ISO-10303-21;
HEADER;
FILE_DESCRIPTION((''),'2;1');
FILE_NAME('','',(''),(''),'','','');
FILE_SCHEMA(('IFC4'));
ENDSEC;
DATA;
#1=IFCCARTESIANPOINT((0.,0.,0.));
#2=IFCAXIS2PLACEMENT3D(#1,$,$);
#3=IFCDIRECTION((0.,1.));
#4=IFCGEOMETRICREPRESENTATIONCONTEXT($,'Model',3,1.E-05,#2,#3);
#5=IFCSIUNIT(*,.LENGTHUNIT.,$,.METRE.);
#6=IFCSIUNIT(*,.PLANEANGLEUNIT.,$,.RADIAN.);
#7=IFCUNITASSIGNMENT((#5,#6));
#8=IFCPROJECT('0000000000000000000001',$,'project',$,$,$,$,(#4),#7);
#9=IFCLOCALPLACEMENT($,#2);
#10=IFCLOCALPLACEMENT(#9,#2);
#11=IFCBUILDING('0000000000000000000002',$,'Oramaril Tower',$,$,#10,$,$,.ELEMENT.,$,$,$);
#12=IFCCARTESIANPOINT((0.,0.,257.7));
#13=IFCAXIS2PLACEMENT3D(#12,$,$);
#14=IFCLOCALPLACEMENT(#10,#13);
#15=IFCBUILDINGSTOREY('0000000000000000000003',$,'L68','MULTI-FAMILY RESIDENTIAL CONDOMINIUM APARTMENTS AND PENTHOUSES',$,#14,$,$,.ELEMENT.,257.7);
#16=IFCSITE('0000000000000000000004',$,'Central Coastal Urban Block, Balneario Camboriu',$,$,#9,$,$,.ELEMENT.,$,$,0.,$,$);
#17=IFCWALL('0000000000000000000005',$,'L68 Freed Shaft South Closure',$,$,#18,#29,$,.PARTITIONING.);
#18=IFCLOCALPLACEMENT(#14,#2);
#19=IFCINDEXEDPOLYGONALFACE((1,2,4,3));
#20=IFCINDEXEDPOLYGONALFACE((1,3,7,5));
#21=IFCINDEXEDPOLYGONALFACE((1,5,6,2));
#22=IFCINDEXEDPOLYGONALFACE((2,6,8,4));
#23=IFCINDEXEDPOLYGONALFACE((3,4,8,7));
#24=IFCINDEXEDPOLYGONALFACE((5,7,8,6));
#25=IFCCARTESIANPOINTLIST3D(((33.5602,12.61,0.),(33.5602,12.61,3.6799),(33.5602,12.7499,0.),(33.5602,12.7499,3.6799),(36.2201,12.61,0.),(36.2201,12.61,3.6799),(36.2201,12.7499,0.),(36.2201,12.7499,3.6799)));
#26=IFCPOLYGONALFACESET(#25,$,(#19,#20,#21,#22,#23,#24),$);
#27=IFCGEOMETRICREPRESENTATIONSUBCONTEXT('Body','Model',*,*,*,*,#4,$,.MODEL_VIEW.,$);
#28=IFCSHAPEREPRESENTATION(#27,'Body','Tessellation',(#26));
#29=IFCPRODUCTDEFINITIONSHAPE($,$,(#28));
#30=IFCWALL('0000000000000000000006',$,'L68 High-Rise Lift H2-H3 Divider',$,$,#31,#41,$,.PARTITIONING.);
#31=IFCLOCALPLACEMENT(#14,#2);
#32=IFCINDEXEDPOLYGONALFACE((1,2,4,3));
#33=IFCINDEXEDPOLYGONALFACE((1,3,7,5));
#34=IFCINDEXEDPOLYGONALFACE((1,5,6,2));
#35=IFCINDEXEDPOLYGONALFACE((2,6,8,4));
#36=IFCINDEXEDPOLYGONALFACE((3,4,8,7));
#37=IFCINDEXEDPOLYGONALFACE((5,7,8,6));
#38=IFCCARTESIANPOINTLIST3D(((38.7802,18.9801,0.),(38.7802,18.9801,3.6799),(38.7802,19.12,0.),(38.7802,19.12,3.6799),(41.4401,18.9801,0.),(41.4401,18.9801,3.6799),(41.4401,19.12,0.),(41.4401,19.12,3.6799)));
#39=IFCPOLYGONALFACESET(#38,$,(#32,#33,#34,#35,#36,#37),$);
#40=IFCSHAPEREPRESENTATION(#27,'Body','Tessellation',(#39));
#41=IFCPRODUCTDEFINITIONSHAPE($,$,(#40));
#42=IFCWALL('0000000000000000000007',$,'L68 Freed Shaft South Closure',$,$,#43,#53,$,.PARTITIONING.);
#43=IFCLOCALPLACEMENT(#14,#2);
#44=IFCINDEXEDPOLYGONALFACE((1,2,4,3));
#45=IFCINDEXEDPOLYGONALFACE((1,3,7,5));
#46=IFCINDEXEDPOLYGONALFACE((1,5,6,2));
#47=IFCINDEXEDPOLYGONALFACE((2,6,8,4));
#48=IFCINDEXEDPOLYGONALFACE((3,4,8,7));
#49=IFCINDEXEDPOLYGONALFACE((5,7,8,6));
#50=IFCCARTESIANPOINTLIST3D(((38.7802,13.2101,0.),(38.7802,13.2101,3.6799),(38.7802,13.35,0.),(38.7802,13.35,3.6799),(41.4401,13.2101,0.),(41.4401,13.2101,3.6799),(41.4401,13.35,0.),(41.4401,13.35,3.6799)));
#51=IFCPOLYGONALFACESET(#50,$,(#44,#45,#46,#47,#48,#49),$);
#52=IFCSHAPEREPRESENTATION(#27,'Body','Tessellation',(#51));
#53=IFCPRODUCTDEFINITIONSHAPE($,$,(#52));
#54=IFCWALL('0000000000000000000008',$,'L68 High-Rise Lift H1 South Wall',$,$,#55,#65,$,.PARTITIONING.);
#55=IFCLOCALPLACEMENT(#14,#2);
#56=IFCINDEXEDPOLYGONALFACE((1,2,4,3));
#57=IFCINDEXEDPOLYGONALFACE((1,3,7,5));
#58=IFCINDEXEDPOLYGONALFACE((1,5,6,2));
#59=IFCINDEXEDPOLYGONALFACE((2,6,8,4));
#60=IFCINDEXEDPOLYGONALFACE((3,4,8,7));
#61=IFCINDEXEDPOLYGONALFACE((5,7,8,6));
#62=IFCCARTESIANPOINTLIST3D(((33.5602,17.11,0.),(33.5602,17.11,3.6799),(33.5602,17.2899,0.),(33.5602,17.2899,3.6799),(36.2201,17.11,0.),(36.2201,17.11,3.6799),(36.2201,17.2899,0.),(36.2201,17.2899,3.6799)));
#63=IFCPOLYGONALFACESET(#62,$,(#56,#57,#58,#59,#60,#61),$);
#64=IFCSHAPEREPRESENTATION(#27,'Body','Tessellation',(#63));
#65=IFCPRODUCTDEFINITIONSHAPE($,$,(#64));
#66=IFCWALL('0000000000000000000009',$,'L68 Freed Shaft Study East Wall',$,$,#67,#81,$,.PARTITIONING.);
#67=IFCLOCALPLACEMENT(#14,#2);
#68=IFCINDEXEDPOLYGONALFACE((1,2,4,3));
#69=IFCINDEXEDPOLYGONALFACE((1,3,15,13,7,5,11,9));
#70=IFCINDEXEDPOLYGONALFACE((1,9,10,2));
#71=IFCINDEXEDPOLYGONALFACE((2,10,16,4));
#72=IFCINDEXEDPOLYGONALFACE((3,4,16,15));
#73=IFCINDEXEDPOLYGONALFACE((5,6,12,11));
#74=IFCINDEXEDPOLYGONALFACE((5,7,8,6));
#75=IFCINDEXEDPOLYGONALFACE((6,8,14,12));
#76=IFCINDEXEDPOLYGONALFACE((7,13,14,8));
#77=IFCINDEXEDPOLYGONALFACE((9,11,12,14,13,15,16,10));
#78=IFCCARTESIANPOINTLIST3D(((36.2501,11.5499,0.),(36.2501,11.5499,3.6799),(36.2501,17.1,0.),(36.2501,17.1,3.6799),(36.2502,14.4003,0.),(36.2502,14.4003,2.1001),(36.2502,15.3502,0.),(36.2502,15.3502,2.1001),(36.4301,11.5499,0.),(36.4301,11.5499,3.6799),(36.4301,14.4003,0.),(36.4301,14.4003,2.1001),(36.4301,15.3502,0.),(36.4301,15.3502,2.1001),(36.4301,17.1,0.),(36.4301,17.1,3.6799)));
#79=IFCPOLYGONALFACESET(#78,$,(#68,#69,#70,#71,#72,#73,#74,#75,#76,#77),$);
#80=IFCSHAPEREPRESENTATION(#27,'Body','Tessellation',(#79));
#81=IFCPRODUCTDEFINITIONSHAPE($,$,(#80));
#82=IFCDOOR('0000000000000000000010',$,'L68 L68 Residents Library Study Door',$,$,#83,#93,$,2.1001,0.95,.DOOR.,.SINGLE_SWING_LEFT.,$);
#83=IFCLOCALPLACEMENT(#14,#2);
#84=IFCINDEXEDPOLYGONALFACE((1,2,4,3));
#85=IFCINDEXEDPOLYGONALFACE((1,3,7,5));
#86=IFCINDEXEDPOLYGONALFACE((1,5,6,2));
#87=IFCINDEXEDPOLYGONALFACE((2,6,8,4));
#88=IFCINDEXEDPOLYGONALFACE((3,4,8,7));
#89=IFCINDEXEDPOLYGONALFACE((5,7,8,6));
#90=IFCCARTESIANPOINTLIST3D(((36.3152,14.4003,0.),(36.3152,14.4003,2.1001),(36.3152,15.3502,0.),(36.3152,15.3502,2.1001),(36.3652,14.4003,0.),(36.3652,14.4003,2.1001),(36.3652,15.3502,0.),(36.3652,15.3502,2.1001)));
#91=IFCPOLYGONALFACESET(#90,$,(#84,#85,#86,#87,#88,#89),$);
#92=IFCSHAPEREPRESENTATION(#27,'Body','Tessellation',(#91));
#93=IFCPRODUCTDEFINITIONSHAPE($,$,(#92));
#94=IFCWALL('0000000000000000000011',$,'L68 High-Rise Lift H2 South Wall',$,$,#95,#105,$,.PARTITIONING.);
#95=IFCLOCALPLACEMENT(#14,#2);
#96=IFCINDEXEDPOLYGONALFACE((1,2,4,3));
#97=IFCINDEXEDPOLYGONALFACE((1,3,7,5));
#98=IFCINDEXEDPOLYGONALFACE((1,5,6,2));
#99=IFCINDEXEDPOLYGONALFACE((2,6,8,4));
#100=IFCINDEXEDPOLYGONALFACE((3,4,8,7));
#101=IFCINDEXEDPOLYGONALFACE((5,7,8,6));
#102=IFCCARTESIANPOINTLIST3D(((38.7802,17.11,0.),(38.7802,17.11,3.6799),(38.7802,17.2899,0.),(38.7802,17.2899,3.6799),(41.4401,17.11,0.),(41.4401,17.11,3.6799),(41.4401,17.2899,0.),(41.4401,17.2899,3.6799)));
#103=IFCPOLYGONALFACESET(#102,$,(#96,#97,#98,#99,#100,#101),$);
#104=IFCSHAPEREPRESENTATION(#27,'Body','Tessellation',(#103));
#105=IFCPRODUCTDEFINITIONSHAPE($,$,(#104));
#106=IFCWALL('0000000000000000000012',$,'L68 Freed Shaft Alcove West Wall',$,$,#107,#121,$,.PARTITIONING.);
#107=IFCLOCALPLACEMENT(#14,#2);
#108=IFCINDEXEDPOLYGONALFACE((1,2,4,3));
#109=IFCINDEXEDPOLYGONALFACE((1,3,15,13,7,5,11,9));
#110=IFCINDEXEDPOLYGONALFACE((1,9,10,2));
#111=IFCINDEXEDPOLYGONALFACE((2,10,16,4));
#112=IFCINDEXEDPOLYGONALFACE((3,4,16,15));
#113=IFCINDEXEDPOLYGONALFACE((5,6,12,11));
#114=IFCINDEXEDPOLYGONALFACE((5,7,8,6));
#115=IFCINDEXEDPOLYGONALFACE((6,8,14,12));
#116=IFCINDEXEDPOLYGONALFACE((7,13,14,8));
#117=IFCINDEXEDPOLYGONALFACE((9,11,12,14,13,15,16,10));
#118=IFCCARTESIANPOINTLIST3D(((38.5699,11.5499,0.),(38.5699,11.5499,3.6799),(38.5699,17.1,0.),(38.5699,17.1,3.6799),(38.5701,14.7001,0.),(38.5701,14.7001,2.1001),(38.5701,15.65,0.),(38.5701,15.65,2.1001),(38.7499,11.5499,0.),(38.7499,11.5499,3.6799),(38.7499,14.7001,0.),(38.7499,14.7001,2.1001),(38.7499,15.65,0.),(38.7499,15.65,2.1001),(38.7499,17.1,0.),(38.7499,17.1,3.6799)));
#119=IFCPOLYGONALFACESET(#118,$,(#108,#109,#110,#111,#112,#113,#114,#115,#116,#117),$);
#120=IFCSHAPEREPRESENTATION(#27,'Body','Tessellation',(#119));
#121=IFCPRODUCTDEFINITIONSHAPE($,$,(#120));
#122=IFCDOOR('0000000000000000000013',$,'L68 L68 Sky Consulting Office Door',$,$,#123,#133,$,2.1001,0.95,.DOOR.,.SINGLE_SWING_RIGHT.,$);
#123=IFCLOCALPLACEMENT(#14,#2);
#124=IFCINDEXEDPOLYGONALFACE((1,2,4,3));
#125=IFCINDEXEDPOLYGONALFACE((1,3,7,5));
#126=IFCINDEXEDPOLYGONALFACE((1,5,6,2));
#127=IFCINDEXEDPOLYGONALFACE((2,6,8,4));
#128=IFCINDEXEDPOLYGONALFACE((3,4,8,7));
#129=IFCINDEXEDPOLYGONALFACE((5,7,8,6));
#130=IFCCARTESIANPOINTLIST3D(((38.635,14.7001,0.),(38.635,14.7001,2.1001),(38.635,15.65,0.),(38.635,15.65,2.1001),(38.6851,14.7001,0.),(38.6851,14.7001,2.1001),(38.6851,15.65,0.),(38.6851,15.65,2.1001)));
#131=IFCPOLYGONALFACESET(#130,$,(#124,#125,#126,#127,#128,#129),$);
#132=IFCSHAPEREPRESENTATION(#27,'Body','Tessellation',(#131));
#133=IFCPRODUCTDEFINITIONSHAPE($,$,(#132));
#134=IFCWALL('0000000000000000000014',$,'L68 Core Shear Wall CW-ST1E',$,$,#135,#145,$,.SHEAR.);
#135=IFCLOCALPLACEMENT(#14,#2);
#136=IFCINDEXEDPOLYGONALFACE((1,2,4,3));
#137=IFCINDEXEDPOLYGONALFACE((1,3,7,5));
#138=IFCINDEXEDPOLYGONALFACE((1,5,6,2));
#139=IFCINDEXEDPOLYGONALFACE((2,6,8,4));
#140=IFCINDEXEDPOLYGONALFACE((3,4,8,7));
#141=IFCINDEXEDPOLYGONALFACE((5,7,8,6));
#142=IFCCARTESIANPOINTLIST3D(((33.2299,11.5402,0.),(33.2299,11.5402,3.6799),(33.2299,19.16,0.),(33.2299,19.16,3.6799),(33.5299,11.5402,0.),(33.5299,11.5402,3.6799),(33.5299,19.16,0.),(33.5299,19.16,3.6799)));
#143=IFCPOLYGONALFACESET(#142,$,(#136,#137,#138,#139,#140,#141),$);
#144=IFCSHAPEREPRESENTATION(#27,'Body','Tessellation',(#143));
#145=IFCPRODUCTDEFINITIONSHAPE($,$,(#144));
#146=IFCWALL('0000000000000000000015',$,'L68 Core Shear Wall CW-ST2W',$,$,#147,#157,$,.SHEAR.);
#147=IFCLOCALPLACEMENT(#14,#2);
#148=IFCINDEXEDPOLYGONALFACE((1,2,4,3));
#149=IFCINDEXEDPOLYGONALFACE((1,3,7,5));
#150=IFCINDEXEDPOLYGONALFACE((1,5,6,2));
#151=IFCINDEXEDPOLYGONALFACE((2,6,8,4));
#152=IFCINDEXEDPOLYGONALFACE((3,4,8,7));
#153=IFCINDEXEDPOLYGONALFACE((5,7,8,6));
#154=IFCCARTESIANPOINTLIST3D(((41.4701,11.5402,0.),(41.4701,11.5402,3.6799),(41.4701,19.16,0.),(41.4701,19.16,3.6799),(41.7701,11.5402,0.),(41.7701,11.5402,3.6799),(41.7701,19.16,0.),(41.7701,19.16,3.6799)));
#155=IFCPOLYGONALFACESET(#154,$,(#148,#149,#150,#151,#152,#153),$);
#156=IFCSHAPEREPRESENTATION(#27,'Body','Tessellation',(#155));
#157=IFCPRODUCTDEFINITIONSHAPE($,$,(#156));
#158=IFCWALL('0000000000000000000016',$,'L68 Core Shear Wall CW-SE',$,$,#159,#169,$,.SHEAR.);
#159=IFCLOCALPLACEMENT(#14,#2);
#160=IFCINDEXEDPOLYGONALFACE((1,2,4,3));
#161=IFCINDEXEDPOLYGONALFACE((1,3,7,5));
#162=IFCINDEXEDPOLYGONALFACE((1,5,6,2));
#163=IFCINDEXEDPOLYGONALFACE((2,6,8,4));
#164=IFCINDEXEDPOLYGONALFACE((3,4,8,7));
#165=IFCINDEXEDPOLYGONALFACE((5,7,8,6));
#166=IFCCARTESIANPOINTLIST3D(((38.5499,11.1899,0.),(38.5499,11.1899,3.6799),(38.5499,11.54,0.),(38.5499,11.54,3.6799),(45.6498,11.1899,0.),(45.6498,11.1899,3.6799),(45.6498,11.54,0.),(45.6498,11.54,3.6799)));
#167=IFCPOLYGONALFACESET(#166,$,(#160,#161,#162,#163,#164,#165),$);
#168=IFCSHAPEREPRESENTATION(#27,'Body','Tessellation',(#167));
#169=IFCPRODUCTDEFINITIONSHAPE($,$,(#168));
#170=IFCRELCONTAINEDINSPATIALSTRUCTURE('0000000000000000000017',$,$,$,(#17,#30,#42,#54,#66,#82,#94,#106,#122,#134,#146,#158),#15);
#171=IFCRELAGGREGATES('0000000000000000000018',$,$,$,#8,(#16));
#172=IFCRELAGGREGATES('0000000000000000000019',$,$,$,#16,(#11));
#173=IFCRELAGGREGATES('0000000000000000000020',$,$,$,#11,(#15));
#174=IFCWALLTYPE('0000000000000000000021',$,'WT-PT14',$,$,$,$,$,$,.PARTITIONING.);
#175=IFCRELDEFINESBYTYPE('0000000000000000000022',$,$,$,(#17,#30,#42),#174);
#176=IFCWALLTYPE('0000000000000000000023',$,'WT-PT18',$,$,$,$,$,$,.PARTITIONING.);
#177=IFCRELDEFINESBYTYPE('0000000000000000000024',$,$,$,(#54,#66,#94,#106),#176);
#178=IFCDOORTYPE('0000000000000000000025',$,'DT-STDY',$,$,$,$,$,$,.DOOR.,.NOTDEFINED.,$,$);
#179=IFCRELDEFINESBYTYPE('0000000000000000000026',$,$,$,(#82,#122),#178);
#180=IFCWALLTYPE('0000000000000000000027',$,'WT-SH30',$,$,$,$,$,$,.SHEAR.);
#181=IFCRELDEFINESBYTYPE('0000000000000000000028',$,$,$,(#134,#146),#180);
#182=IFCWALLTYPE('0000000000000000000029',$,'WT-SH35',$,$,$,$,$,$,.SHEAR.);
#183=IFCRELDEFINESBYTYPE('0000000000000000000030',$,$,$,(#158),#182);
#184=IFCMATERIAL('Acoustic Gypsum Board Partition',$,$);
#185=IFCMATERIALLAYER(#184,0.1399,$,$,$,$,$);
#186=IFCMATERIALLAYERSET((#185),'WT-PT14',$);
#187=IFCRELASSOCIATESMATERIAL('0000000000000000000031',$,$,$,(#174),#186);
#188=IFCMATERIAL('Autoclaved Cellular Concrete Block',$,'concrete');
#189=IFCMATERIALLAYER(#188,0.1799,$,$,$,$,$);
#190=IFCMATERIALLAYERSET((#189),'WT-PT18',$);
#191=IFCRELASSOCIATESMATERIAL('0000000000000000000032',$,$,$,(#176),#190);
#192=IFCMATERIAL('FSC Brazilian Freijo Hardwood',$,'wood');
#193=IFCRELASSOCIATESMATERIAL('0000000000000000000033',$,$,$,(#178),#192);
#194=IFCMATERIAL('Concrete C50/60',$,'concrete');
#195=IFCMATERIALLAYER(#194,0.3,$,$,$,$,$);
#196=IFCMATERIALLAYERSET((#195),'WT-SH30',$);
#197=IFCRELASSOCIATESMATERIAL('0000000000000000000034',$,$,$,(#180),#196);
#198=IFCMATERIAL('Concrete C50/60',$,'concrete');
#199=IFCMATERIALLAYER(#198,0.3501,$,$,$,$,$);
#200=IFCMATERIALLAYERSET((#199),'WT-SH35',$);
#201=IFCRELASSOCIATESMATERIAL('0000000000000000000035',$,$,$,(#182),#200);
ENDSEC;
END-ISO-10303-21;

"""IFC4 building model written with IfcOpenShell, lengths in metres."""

from ifc_helpers import new_model, si_unit, direction, frame, frame_2d, origin, place, context, subcontext, project, spatial, rectangle, extrude, material, layer, layer_set, type_object, element, fill, save


model = new_model("IFC4")

# Units and contexts
model_context = context("Model", 3, precision=1e-05, world=origin(), true_north=direction((0.0, 1.0)))
body_context = subcontext(model_context, "Body", "Model", "MODEL_VIEW")
ifc_project = project(units=[si_unit("LENGTHUNIT", "METRE"), si_unit("PLANEANGLEUNIT", "RADIAN")], contexts=[model_context])

# Site, building, storey
site_placement = place(None, origin())
site = spatial("IfcSite", under=ifc_project, at=site_placement, Name="Central Coastal Urban Block, Balneario Camboriu", CompositionType="ELEMENT", RefElevation=0.0)
building_placement = place(site_placement, origin())
building = spatial("IfcBuilding", under=site, at=building_placement, Name="Oramaril Tower", CompositionType="ELEMENT")
storey_placement = place(building_placement, frame((0.0, 0.0, 257.7)))
storey = spatial("IfcBuildingStorey", under=building, at=storey_placement, Name="L68", Description="MULTI-FAMILY RESIDENTIAL CONDOMINIUM APARTMENTS AND PENTHOUSES", CompositionType="ELEMENT", Elevation=257.7)

# Walls
ifc_material_1 = material(Name="Acoustic Gypsum Board Partition")
ifc_layer_1 = layer(ifc_material_1, 0.1399)
ifc_layer_set_1 = layer_set([ifc_layer_1], Name="WT-PT14")
wall_type_1 = type_object("IfcWallType", Name="WT-PT14", PredefinedType="PARTITIONING", material=ifc_layer_set_1)
for number, where, z_axis, x_axis, name in (
    (1, (33.5601, 12.6799, 0.0), (0.0, 0.0, 1.0), (1.0, 0.0, 0.0), "L68 Freed Shaft South Closure"),
    (2, (38.78, 19.05, 0.0), (0.0, 0.0, 1.0), (1.0, 0.0, 0.0), "L68 High-Rise Lift H2-H3 Divider"),
    (3, (38.78, 13.28, 0.0), (0.0, 0.0, 1.0), (1.0, 0.0, 0.0), "L68 Freed Shaft South Closure"),
):
    element("IfcWall", number, at=place(storey_placement, frame(where, z_axis=z_axis, x_axis=x_axis)), inside=storey, type_object=wall_type_1, Name=name, PredefinedType="PARTITIONING", context=body_context, shape_type="SweptSolid", body=[
        extrude(rectangle(XDim=2.6599, YDim=0.1399, at=frame_2d((1.3301, 0.0))), origin(), (0.0, 0.0, 1.0), 3.6799),
    ])
ifc_material_2 = material(Name="Autoclaved Cellular Concrete Block", Category="concrete")
ifc_layer_2 = layer(ifc_material_2, 0.1799)
ifc_layer_set_2 = layer_set([ifc_layer_2], Name="WT-PT18")
wall_type_2 = type_object("IfcWallType", Name="WT-PT18", PredefinedType="PARTITIONING", material=ifc_layer_set_2)
wall_1_placement = place(storey_placement, frame((33.5601, 17.2, 0.0), z_axis=(0.0, 0.0, 1.0), x_axis=(1.0, 0.0, 0.0)))
element("IfcWall", 4, at=wall_1_placement, inside=storey, type_object=wall_type_2, Name="L68 High-Rise Lift H1 South Wall", PredefinedType="PARTITIONING", context=body_context, shape_type="SweptSolid", body=[
    extrude(rectangle(XDim=2.6599, YDim=0.1799, at=frame_2d((1.3301, 0.0))), origin(), (0.0, 0.0, 1.0), 3.6799),
])

# Wall, opening, door
wall_2_placement = place(storey_placement, frame((36.3401, 11.55, 0.0), z_axis=(0.0, 0.0, 1.0), x_axis=(0.0, 1.0, 0.0)))
wall_2 = element("IfcWall", 5, at=wall_2_placement, inside=storey, type_object=wall_type_2, Name="L68 Freed Shaft Study East Wall", PredefinedType="PARTITIONING", context=body_context, shape_type="SweptSolid", body=[
    extrude(rectangle(XDim=5.55, YDim=0.1799, at=frame_2d((2.7749, 0.0))), origin(), (0.0, 0.0, 1.0), 3.6799),
])
opening_1_placement = place(wall_2_placement, frame((2.8501, 0.0, 0.0)))
opening_1 = element("IfcOpeningElement", 6, at=opening_1_placement, cuts=wall_2, PredefinedType="OPENING", context=body_context, shape_type="SweptSolid", body=[
    extrude(rectangle(XDim=0.95, YDim=2.1001, at=frame_2d((0.4751, 1.05))), frame((0.0, 0.0898, 0.0), z_axis=(0.0, -1.0, 0.0), x_axis=(1.0, 0.0, 0.0)), (0.0, 0.0, 1.0), 0.1799),
])
ifc_material_3 = material(Name="FSC Brazilian Freijo Hardwood", Category="wood")
door_type_1 = type_object("IfcDoorType", Name="DT-STDY", OperationType="NOTDEFINED", PredefinedType="DOOR", material=ifc_material_3)
door_1_placement = place(opening_1_placement, origin())
door_1 = element("IfcDoor", 7, at=door_1_placement, inside=storey, type_object=door_type_1, Name="L68 L68 Residents Library Study Door", OperationType="SINGLE_SWING_LEFT", OverallHeight=2.1001, OverallWidth=0.95, PredefinedType="DOOR", context=body_context, shape_type="SweptSolid", body=[
    extrude(rectangle(XDim=0.95, YDim=2.1001, at=frame_2d((0.4751, 1.05))), frame((0.0, 0.0249, 0.0), z_axis=(0.0, -1.0, 0.0), x_axis=(1.0, 0.0, 0.0)), (0.0, 0.0, 1.0), 0.05),
])
fill(opening_1, door_1)

# Wall
wall_3_placement = place(storey_placement, frame((38.78, 17.2, 0.0), z_axis=(0.0, 0.0, 1.0), x_axis=(1.0, 0.0, 0.0)))
element("IfcWall", 8, at=wall_3_placement, inside=storey, type_object=wall_type_2, Name="L68 High-Rise Lift H2 South Wall", PredefinedType="PARTITIONING", context=body_context, shape_type="SweptSolid", body=[
    extrude(rectangle(XDim=2.6599, YDim=0.1799, at=frame_2d((1.3301, 0.0))), origin(), (0.0, 0.0, 1.0), 3.6799),
])

# Wall, opening, door
wall_4_placement = place(storey_placement, frame((38.6599, 11.55, 0.0), z_axis=(0.0, 0.0, 1.0), x_axis=(0.0, 1.0, 0.0)))
wall_4 = element("IfcWall", 9, at=wall_4_placement, inside=storey, type_object=wall_type_2, Name="L68 Freed Shaft Alcove West Wall", PredefinedType="PARTITIONING", context=body_context, shape_type="SweptSolid", body=[
    extrude(rectangle(XDim=5.55, YDim=0.1799, at=frame_2d((2.7749, 0.0))), origin(), (0.0, 0.0, 1.0), 3.6799),
])
opening_2_placement = place(wall_4_placement, frame((3.1499, 0.0, 0.0)))
opening_2 = element("IfcOpeningElement", 10, at=opening_2_placement, cuts=wall_4, PredefinedType="OPENING", context=body_context, shape_type="SweptSolid", body=[
    extrude(rectangle(XDim=0.95, YDim=2.1001, at=frame_2d((0.4751, 1.05))), frame((0.0, 0.0898, 0.0), z_axis=(0.0, -1.0, 0.0), x_axis=(1.0, 0.0, 0.0)), (0.0, 0.0, 1.0), 0.1799),
])
door_2_placement = place(opening_2_placement, origin())
door_2 = element("IfcDoor", 11, at=door_2_placement, inside=storey, type_object=door_type_1, Name="L68 L68 Sky Consulting Office Door", OperationType="SINGLE_SWING_RIGHT", OverallHeight=2.1001, OverallWidth=0.95, PredefinedType="DOOR", context=body_context, shape_type="SweptSolid", body=[
    extrude(rectangle(XDim=0.95, YDim=2.1001, at=frame_2d((0.4751, 1.05))), frame((0.0, 0.0249, 0.0), z_axis=(0.0, -1.0, 0.0), x_axis=(1.0, 0.0, 0.0)), (0.0, 0.0, 1.0), 0.05),
])
fill(opening_2, door_2)

# Walls
ifc_material_4 = material(Name="Concrete C50/60", Category="concrete")
ifc_layer_3 = layer(ifc_material_4, 0.3)
ifc_layer_set_3 = layer_set([ifc_layer_3], Name="WT-SH30")
wall_type_3 = type_object("IfcWallType", Name="WT-SH30", PredefinedType="SHEAR", material=ifc_layer_set_3)
for number, where, z_axis, x_axis, name in (
    (12, (33.3799, 11.54, 0.0), (0.0, 0.0, 1.0), (0.0, 1.0, 0.0), "L68 Core Shear Wall CW-ST1E"),
    (13, (41.6201, 11.54, 0.0), (0.0, 0.0, 1.0), (0.0, 1.0, 0.0), "L68 Core Shear Wall CW-ST2W"),
):
    element("IfcWall", number, at=place(storey_placement, frame(where, z_axis=z_axis, x_axis=x_axis)), inside=storey, type_object=wall_type_3, Name=name, PredefinedType="SHEAR", context=body_context, shape_type="SweptSolid", body=[
        extrude(rectangle(XDim=7.6199, YDim=0.3, at=frame_2d((3.8101, 0.0))), origin(), (0.0, 0.0, 1.0), 3.6799),
    ])
ifc_material_5 = material(Name="Concrete C50/60", Category="concrete")
ifc_layer_4 = layer(ifc_material_5, 0.3501)
ifc_layer_set_4 = layer_set([ifc_layer_4], Name="WT-SH35")
wall_type_4 = type_object("IfcWallType", Name="WT-SH35", PredefinedType="SHEAR", material=ifc_layer_set_4)
wall_5_placement = place(storey_placement, frame((38.55, 11.365, 0.0), z_axis=(0.0, 0.0, 1.0), x_axis=(1.0, 0.0, 0.0)))
element("IfcWall", 14, at=wall_5_placement, inside=storey, type_object=wall_type_4, Name="L68 Core Shear Wall CW-SE", PredefinedType="SHEAR", context=body_context, shape_type="SweptSolid", body=[
    extrude(rectangle(XDim=7.0999, YDim=0.3501, at=frame_2d((3.5498, 0.0))), origin(), (0.0, 0.0, 1.0), 3.6799),
])

save(model, "model.ifc")
